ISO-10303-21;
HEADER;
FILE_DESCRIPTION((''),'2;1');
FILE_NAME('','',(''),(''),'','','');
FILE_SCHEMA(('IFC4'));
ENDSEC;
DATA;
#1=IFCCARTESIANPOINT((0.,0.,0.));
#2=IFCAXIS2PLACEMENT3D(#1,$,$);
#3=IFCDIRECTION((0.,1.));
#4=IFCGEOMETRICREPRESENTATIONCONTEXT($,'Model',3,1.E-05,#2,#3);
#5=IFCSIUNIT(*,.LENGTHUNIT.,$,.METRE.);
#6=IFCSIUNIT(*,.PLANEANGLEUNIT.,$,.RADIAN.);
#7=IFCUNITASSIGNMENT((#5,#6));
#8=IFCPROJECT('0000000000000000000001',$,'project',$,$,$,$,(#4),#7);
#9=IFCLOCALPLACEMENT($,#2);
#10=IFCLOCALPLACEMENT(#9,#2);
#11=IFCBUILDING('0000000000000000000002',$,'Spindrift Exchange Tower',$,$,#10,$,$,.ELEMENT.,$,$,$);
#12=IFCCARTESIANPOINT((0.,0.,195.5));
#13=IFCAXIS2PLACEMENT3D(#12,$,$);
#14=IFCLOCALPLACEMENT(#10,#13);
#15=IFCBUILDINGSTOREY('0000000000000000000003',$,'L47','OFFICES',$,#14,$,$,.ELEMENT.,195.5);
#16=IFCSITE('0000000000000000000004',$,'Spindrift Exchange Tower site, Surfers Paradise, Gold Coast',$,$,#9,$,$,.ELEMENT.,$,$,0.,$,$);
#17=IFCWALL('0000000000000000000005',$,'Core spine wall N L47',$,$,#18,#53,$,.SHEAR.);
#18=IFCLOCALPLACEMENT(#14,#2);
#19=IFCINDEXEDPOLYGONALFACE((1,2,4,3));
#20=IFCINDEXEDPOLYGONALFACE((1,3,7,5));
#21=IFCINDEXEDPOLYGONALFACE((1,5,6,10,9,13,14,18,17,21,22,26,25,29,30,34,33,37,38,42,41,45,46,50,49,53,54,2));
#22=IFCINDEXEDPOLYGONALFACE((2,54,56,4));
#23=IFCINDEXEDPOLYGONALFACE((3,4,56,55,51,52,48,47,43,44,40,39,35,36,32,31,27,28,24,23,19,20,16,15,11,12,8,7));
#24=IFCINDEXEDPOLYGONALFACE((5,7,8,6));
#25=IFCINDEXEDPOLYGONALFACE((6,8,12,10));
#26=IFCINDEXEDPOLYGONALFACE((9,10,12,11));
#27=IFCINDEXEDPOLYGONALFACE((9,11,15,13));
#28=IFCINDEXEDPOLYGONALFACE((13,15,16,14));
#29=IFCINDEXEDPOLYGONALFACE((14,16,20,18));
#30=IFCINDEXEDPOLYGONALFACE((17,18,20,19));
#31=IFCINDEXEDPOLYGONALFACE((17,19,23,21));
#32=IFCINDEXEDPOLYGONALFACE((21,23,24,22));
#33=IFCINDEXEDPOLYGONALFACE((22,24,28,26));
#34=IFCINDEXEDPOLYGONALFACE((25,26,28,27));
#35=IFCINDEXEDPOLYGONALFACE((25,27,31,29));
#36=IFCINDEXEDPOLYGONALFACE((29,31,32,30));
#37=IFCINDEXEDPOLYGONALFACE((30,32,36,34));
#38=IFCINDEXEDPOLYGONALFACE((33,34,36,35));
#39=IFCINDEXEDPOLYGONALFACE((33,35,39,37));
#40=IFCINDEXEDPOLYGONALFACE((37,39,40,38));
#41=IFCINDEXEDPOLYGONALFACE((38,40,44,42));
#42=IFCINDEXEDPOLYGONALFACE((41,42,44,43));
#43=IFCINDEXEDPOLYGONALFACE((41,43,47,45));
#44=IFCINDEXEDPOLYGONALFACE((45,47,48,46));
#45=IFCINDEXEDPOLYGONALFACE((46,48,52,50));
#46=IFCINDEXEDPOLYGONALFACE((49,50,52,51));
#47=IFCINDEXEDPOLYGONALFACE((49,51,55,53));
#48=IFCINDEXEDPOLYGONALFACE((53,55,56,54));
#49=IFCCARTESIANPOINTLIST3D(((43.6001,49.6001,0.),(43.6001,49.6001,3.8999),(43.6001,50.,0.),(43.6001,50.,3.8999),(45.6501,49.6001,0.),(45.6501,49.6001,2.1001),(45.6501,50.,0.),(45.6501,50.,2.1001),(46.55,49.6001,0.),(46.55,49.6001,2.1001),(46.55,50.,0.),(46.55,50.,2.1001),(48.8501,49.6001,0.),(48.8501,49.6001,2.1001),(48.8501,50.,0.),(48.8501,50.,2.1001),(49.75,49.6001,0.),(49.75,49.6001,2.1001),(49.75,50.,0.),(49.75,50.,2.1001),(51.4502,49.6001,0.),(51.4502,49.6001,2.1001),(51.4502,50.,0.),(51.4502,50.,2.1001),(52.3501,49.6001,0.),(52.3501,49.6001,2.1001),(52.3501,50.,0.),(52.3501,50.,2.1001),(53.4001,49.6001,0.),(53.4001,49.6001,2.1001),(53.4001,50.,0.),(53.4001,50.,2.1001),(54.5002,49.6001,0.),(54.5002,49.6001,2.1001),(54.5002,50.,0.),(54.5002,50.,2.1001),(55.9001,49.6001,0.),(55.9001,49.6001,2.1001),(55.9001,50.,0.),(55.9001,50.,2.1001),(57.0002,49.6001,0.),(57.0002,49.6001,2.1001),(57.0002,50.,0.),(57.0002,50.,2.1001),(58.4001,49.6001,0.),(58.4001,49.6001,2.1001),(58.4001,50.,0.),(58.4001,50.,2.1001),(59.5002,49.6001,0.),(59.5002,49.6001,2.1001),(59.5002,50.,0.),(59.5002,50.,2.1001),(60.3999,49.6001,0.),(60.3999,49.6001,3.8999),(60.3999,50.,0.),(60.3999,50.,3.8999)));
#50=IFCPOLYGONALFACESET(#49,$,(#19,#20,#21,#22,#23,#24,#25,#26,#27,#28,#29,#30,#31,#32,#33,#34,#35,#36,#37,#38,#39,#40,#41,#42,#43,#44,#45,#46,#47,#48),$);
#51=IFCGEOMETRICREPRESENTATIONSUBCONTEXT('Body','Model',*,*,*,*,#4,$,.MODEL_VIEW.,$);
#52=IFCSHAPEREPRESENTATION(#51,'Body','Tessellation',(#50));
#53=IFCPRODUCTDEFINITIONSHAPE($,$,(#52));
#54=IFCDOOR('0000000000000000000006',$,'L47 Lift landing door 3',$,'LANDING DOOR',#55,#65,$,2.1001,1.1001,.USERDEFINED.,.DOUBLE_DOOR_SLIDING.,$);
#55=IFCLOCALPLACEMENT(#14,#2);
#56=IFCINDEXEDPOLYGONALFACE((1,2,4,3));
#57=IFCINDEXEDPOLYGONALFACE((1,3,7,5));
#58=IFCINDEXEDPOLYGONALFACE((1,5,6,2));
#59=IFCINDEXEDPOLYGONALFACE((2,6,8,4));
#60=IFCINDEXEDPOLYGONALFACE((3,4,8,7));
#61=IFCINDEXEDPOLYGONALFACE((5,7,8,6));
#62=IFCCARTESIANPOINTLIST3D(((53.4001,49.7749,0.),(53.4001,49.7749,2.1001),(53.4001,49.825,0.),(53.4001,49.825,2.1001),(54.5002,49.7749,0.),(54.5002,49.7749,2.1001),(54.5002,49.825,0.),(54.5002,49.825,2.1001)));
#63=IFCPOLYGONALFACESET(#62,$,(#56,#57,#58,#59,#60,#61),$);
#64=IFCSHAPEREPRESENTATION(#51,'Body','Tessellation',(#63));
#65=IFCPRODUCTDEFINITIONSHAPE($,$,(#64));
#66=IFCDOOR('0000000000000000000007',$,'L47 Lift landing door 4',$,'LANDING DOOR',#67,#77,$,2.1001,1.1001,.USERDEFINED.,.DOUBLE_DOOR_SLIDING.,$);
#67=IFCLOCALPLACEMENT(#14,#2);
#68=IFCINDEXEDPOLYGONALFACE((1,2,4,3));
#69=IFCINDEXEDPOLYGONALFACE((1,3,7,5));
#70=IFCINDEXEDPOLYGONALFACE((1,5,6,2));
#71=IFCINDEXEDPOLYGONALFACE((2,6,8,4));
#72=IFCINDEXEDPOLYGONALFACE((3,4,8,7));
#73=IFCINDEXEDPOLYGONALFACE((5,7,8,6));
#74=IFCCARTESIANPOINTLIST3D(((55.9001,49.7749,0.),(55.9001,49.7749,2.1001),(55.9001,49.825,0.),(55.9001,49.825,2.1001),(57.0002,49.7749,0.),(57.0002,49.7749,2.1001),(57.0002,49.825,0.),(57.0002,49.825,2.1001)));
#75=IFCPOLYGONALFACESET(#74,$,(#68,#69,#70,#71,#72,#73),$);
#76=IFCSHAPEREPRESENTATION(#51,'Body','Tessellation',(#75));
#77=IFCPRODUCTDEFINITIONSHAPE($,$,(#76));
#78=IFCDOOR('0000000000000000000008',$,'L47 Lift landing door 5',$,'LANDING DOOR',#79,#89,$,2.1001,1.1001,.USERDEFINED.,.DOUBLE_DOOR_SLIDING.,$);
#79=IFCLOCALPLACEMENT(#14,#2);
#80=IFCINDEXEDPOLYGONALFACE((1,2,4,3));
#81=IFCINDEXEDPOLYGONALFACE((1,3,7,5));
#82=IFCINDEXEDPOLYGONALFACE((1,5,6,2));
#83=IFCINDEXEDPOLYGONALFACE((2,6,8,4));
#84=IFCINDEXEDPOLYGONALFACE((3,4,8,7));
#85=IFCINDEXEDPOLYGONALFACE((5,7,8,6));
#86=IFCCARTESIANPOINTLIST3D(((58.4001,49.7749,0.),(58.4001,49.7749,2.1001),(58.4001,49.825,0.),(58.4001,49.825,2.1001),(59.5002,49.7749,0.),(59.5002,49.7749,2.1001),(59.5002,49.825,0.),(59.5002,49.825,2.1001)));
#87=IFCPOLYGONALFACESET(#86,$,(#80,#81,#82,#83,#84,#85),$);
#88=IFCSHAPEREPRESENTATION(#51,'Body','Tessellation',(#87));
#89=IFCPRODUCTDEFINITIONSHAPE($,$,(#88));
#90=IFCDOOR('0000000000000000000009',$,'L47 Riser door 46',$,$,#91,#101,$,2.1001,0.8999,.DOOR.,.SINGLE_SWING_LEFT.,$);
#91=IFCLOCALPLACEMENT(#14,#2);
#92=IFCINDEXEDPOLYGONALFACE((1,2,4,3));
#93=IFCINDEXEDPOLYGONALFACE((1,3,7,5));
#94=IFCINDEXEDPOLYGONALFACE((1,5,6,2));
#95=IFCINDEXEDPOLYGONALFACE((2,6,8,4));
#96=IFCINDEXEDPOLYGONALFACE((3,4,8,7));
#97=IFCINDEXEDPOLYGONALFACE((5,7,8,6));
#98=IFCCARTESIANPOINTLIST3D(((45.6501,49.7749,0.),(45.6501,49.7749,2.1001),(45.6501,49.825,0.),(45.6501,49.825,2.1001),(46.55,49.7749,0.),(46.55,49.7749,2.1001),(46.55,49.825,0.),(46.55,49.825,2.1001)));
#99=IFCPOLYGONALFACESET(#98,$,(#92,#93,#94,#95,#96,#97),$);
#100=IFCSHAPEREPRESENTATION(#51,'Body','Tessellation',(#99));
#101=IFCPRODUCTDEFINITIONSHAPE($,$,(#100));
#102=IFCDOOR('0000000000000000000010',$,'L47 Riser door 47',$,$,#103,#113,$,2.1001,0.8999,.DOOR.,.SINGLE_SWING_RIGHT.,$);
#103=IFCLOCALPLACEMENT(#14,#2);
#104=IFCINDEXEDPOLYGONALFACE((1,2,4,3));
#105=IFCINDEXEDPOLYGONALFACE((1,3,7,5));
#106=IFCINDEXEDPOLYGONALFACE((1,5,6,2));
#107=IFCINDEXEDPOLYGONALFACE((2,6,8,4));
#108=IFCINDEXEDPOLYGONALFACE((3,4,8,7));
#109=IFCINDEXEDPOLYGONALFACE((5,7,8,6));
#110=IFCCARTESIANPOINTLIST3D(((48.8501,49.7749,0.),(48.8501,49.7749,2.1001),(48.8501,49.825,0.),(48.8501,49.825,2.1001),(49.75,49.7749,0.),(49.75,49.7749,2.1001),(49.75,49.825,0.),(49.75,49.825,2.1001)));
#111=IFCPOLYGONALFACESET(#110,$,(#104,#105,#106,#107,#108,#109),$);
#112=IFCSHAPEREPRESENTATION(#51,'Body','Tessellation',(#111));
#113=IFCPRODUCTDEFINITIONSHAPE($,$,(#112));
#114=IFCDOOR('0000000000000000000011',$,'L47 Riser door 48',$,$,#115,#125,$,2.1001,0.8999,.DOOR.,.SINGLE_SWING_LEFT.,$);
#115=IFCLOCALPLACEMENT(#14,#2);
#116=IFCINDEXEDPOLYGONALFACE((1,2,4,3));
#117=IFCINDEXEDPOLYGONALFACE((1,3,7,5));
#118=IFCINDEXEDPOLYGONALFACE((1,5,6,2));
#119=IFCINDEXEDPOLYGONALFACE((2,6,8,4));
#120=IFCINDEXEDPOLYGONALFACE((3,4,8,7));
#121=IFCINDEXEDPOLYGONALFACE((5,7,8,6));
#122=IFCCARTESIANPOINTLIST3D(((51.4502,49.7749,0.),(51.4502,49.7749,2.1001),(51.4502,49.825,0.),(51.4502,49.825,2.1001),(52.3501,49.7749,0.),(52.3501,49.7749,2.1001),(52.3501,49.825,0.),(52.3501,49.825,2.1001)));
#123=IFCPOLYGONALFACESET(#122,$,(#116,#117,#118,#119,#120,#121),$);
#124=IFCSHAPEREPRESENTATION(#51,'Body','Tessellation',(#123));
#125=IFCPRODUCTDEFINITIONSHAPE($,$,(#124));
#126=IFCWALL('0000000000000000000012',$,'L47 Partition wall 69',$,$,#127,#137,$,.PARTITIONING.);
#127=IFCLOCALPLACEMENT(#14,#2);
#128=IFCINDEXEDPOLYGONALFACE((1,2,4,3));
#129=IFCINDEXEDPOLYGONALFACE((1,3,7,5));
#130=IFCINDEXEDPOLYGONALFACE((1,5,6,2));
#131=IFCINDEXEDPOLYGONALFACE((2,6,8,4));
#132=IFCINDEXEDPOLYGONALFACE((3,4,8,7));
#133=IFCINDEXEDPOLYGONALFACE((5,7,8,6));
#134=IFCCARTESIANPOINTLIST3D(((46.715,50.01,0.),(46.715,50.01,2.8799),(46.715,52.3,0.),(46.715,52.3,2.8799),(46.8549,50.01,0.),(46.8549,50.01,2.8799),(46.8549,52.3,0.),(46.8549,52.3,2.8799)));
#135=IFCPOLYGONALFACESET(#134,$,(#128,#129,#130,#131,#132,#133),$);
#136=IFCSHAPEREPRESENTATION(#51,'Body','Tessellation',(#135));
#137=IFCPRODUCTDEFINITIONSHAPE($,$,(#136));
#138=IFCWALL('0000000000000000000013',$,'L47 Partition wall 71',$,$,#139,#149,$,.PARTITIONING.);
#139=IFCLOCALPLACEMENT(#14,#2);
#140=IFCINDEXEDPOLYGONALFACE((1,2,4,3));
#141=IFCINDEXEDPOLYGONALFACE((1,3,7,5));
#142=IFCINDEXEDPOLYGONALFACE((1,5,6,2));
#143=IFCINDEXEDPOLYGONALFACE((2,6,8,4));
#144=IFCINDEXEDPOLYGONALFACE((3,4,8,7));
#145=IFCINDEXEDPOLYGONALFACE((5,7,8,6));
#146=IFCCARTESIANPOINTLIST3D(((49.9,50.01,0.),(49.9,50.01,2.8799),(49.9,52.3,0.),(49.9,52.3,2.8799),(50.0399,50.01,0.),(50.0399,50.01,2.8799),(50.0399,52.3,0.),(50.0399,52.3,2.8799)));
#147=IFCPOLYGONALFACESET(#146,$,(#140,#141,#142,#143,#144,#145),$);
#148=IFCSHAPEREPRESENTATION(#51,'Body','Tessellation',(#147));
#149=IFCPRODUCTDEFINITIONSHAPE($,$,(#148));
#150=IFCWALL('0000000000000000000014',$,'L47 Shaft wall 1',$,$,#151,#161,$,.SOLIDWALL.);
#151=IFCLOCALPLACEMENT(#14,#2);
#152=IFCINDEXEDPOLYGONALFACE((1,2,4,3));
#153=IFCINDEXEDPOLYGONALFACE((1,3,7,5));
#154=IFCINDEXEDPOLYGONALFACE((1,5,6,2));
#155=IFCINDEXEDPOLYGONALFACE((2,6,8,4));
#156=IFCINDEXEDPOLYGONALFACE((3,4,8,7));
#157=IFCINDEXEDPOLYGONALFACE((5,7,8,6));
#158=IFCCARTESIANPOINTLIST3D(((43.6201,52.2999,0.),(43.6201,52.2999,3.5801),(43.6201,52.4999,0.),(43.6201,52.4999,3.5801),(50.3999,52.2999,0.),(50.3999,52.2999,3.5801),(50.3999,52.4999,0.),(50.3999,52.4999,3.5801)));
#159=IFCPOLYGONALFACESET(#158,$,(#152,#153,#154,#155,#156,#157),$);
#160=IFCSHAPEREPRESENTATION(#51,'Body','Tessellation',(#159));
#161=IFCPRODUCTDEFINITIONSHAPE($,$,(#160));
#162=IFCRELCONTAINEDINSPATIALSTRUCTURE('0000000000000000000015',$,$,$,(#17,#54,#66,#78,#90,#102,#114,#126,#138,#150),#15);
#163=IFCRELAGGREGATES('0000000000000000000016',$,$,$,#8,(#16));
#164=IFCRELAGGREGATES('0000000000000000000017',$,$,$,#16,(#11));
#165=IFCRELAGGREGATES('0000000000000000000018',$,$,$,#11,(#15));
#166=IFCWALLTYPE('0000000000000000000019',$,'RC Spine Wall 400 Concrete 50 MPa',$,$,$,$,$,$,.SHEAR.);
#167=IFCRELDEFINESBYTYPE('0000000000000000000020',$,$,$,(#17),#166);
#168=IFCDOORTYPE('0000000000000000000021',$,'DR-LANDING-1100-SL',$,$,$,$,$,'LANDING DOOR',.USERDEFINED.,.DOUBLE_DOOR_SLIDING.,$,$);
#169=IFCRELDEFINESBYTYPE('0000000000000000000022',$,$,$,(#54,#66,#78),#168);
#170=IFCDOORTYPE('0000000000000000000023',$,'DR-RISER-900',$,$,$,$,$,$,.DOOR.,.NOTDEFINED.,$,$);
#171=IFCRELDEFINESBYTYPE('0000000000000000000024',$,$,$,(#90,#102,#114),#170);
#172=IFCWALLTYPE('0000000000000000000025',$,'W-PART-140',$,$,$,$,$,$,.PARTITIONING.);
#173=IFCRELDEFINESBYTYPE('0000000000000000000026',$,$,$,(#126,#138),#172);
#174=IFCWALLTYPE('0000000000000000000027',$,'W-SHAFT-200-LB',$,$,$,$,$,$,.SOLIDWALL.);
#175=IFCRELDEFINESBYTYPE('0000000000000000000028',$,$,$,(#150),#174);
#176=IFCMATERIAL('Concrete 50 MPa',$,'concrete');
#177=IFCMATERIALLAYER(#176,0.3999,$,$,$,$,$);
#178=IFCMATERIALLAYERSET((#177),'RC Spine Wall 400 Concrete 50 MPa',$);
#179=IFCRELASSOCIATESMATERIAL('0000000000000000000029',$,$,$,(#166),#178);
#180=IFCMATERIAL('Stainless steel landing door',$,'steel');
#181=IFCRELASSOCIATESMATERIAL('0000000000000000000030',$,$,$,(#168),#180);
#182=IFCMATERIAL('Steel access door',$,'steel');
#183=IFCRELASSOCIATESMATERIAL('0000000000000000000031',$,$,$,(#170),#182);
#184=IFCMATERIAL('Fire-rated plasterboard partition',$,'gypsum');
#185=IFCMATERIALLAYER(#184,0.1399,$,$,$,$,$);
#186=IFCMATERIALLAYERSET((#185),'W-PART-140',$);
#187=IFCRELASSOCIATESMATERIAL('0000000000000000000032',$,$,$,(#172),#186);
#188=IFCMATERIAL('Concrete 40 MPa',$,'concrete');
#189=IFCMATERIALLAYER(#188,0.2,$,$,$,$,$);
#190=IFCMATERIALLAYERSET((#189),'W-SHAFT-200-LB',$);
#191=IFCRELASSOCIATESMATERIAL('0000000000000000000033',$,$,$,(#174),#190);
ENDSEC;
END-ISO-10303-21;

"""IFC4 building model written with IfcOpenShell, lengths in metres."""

from ifc_helpers import new_model, si_unit, direction, frame, frame_2d, origin, place, context, subcontext, project, spatial, rectangle, extrude, source, transform, mapped, material, layer, layer_set, type_object, element, fill, save


model = new_model("IFC4")

# Units and contexts
model_context = context("Model", 3, precision=1e-05, world=origin(), true_north=direction((0.0, 1.0)))
body_context = subcontext(model_context, "Body", "Model", "MODEL_VIEW")
ifc_project = project(units=[si_unit("LENGTHUNIT", "METRE"), si_unit("PLANEANGLEUNIT", "RADIAN")], contexts=[model_context])

# Site, building, storey
site_placement = place(None, origin())
site = spatial("IfcSite", under=ifc_project, at=site_placement, Name="Spindrift Exchange Tower site, Surfers Paradise, Gold Coast", CompositionType="ELEMENT", RefElevation=0.0)
building_placement = place(site_placement, origin())
building = spatial("IfcBuilding", under=site, at=building_placement, Name="Spindrift Exchange Tower", CompositionType="ELEMENT")
storey_placement = place(building_placement, frame((0.0, 0.0, 195.5)))
storey = spatial("IfcBuildingStorey", under=building, at=storey_placement, Name="L47", Description="OFFICES", CompositionType="ELEMENT", Elevation=195.5)

# Wall, openings, doors
ifc_material_1 = material(Name="Concrete 50 MPa", Category="concrete")
ifc_layer_1 = layer(ifc_material_1, 0.3999)
ifc_layer_set_1 = layer_set([ifc_layer_1], Name="RC Spine Wall 400 Concrete 50 MPa")
wall_type_1 = type_object("IfcWallType", Name="RC Spine Wall 400 Concrete 50 MPa", PredefinedType="SHEAR", material=ifc_layer_set_1)
wall_1_placement = place(storey_placement, frame((43.6001, 49.8, 0.0), z_axis=(0.0, 0.0, 1.0), x_axis=(1.0, 0.0, 0.0)))
wall_1 = element("IfcWall", 1, at=wall_1_placement, inside=storey, type_object=wall_type_1, Name="Core spine wall N L47", PredefinedType="SHEAR", context=body_context, shape_type="SweptSolid", body=[
    extrude(rectangle(XDim=16.7998, YDim=0.3999, at=frame_2d((8.3999, 0.0))), origin(), (0.0, 0.0, 1.0), 3.8999),
])
opening_1_placement = place(wall_1_placement, frame((9.8, 0.0, 0.0)))
opening_1 = element("IfcOpeningElement", 2, at=opening_1_placement, cuts=wall_1, PredefinedType="OPENING", context=body_context, shape_type="SweptSolid", body=[
    extrude(rectangle(XDim=1.1001, YDim=2.1001, at=frame_2d((0.55, 1.05))), frame((0.0, 0.21, 0.0), z_axis=(0.0, -1.0, 0.0), x_axis=(1.0, 0.0, 0.0)), (0.0, 0.0, 1.0), 0.4199),
])
opening_2_placement = place(wall_1_placement, frame((12.3, 0.0, 0.0)))
opening_2 = element("IfcOpeningElement", 3, at=opening_2_placement, cuts=wall_1, PredefinedType="OPENING", context=body_context, shape_type="SweptSolid", body=[
    extrude(rectangle(XDim=1.1001, YDim=2.1001, at=frame_2d((0.55, 1.05))), frame((0.0, 0.21, 0.0), z_axis=(0.0, -1.0, 0.0), x_axis=(1.0, 0.0, 0.0)), (0.0, 0.0, 1.0), 0.4199),
])
opening_3_placement = place(wall_1_placement, frame((14.8, 0.0, 0.0)))
opening_3 = element("IfcOpeningElement", 4, at=opening_3_placement, cuts=wall_1, PredefinedType="OPENING", context=body_context, shape_type="SweptSolid", body=[
    extrude(rectangle(XDim=1.1001, YDim=2.1001, at=frame_2d((0.55, 1.05))), frame((0.0, 0.21, 0.0), z_axis=(0.0, -1.0, 0.0), x_axis=(1.0, 0.0, 0.0)), (0.0, 0.0, 1.0), 0.4199),
])
opening_4_placement = place(wall_1_placement, frame((2.05, 0.0, 0.0)))
opening_4 = element("IfcOpeningElement", 5, at=opening_4_placement, cuts=wall_1, PredefinedType="OPENING", context=body_context, shape_type="SweptSolid", body=[
    extrude(rectangle(XDim=0.8999, YDim=2.1001, at=frame_2d((0.45, 1.05))), frame((0.0, 0.21, 0.0), z_axis=(0.0, -1.0, 0.0), x_axis=(1.0, 0.0, 0.0)), (0.0, 0.0, 1.0), 0.4199),
])
opening_5_placement = place(wall_1_placement, frame((5.25, 0.0, 0.0)))
opening_5 = element("IfcOpeningElement", 6, at=opening_5_placement, cuts=wall_1, PredefinedType="OPENING", context=body_context, shape_type="SweptSolid", body=[
    extrude(rectangle(XDim=0.8999, YDim=2.1001, at=frame_2d((0.45, 1.05))), frame((0.0, 0.21, 0.0), z_axis=(0.0, -1.0, 0.0), x_axis=(1.0, 0.0, 0.0)), (0.0, 0.0, 1.0), 0.4199),
])
opening_6_placement = place(wall_1_placement, frame((7.8501, 0.0, 0.0)))
opening_6 = element("IfcOpeningElement", 7, at=opening_6_placement, cuts=wall_1, PredefinedType="OPENING", context=body_context, shape_type="SweptSolid", body=[
    extrude(rectangle(XDim=0.8999, YDim=2.1001, at=frame_2d((0.45, 1.05))), frame((0.0, 0.21, 0.0), z_axis=(0.0, -1.0, 0.0), x_axis=(1.0, 0.0, 0.0)), (0.0, 0.0, 1.0), 0.4199),
])
ifc_material_2 = material(Name="Stainless steel landing door", Category="steel")
door_type_1 = type_object("IfcDoorType", Name="DR-LANDING-1100-SL", ElementType="LANDING DOOR", OperationType="DOUBLE_DOOR_SLIDING", PredefinedType="USERDEFINED", material=ifc_material_2)
shared_shape_1 = source(origin(), body_context, "Body", "SweptSolid", [
    extrude(rectangle(XDim=1.1001, YDim=2.1001, at=frame_2d((0.55, 1.05))), frame((0.0, 0.0249, 0.0), z_axis=(0.0, -1.0, 0.0), x_axis=(1.0, 0.0, 0.0)), (0.0, 0.0, 1.0), 0.05),
])
door_1_placement = place(opening_1_placement, origin())
door_1 = element("IfcDoor", 8, at=door_1_placement, inside=storey, type_object=door_type_1, Name="L47 Lift landing door 3", ObjectType="LANDING DOOR", OperationType="DOUBLE_DOOR_SLIDING", OverallHeight=2.1001, OverallWidth=1.1001, PredefinedType="USERDEFINED", context=body_context, shape_type="MappedRepresentation", body=[
    mapped(shared_shape_1, transform((0.0, 0.0, 0.0), scale=1.0)),
])
fill(opening_1, door_1)
door_2_placement = place(opening_2_placement, origin())
door_2 = element("IfcDoor", 9, at=door_2_placement, inside=storey, type_object=door_type_1, Name="L47 Lift landing door 4", ObjectType="LANDING DOOR", OperationType="DOUBLE_DOOR_SLIDING", OverallHeight=2.1001, OverallWidth=1.1001, PredefinedType="USERDEFINED", context=body_context, shape_type="MappedRepresentation", body=[
    mapped(shared_shape_1, transform((0.0, 0.0, 0.0), scale=1.0)),
])
fill(opening_2, door_2)
door_3_placement = place(opening_3_placement, origin())
door_3 = element("IfcDoor", 10, at=door_3_placement, inside=storey, type_object=door_type_1, Name="L47 Lift landing door 5", ObjectType="LANDING DOOR", OperationType="DOUBLE_DOOR_SLIDING", OverallHeight=2.1001, OverallWidth=1.1001, PredefinedType="USERDEFINED", context=body_context, shape_type="MappedRepresentation", body=[
    mapped(shared_shape_1, transform((0.0, 0.0, 0.0), scale=1.0)),
])
fill(opening_3, door_3)
ifc_material_3 = material(Name="Steel access door", Category="steel")
door_type_2 = type_object("IfcDoorType", Name="DR-RISER-900", OperationType="NOTDEFINED", PredefinedType="DOOR", material=ifc_material_3)
shared_shape_2 = source(origin(), body_context, "Body", "SweptSolid", [
    extrude(rectangle(XDim=0.8999, YDim=2.1001, at=frame_2d((0.45, 1.05))), frame((0.0, 0.0249, 0.0), z_axis=(0.0, -1.0, 0.0), x_axis=(1.0, 0.0, 0.0)), (0.0, 0.0, 1.0), 0.05),
])
door_4_placement = place(opening_4_placement, origin())
door_4 = element("IfcDoor", 11, at=door_4_placement, inside=storey, type_object=door_type_2, Name="L47 Riser door 46", OperationType="SINGLE_SWING_LEFT", OverallHeight=2.1001, OverallWidth=0.8999, PredefinedType="DOOR", context=body_context, shape_type="MappedRepresentation", body=[
    mapped(shared_shape_2, transform((0.0, 0.0, 0.0), scale=1.0)),
])
fill(opening_4, door_4)
door_5_placement = place(opening_5_placement, origin())
door_5 = element("IfcDoor", 12, at=door_5_placement, inside=storey, type_object=door_type_2, Name="L47 Riser door 47", OperationType="SINGLE_SWING_RIGHT", OverallHeight=2.1001, OverallWidth=0.8999, PredefinedType="DOOR", context=body_context, shape_type="MappedRepresentation", body=[
    mapped(shared_shape_2, transform((0.0, 0.0, 0.0), scale=1.0)),
])
fill(opening_5, door_5)
door_6_placement = place(opening_6_placement, origin())
door_6 = element("IfcDoor", 13, at=door_6_placement, inside=storey, type_object=door_type_2, Name="L47 Riser door 48", OperationType="SINGLE_SWING_LEFT", OverallHeight=2.1001, OverallWidth=0.8999, PredefinedType="DOOR", context=body_context, shape_type="MappedRepresentation", body=[
    mapped(shared_shape_2, transform((0.0, 0.0, 0.0), scale=1.0)),
])
fill(opening_6, door_6)

# Walls
ifc_material_4 = material(Name="Fire-rated plasterboard partition", Category="gypsum")
ifc_layer_2 = layer(ifc_material_4, 0.1399)
ifc_layer_set_2 = layer_set([ifc_layer_2], Name="W-PART-140")
wall_type_2 = type_object("IfcWallType", Name="W-PART-140", PredefinedType="PARTITIONING", material=ifc_layer_set_2)
for number, where, z_axis, x_axis, name in (
    (14, (46.7849, 50.01, 0.0), (0.0, 0.0, 1.0), (0.0, 1.0, 0.0), "L47 Partition wall 69"),
    (15, (49.97, 50.01, 0.0), (0.0, 0.0, 1.0), (0.0, 1.0, 0.0), "L47 Partition wall 71"),
):
    element("IfcWall", number, at=place(storey_placement, frame(where, z_axis=z_axis, x_axis=x_axis)), inside=storey, type_object=wall_type_2, Name=name, PredefinedType="PARTITIONING", context=body_context, shape_type="SweptSolid", body=[
        extrude(rectangle(XDim=2.29, YDim=0.1399, at=frame_2d((1.145, 0.0))), origin(), (0.0, 0.0, 1.0), 2.8799),
    ])
ifc_material_5 = material(Name="Concrete 40 MPa", Category="concrete")
ifc_layer_3 = layer(ifc_material_5, 0.2)
ifc_layer_set_3 = layer_set([ifc_layer_3], Name="W-SHAFT-200-LB")
wall_type_3 = type_object("IfcWallType", Name="W-SHAFT-200-LB", PredefinedType="SOLIDWALL", material=ifc_layer_set_3)
wall_2_placement = place(storey_placement, frame((43.6201, 52.3999, 0.0), z_axis=(0.0, 0.0, 1.0), x_axis=(1.0, 0.0, 0.0)))
element("IfcWall", 16, at=wall_2_placement, inside=storey, type_object=wall_type_3, Name="L47 Shaft wall 1", PredefinedType="SOLIDWALL", context=body_context, shape_type="SweptSolid", body=[
    extrude(rectangle(XDim=6.7798, YDim=0.2, at=frame_2d((3.3899, 0.0))), origin(), (0.0, 0.0, 1.0), 3.5801),
])

save(model, "model.ifc")
